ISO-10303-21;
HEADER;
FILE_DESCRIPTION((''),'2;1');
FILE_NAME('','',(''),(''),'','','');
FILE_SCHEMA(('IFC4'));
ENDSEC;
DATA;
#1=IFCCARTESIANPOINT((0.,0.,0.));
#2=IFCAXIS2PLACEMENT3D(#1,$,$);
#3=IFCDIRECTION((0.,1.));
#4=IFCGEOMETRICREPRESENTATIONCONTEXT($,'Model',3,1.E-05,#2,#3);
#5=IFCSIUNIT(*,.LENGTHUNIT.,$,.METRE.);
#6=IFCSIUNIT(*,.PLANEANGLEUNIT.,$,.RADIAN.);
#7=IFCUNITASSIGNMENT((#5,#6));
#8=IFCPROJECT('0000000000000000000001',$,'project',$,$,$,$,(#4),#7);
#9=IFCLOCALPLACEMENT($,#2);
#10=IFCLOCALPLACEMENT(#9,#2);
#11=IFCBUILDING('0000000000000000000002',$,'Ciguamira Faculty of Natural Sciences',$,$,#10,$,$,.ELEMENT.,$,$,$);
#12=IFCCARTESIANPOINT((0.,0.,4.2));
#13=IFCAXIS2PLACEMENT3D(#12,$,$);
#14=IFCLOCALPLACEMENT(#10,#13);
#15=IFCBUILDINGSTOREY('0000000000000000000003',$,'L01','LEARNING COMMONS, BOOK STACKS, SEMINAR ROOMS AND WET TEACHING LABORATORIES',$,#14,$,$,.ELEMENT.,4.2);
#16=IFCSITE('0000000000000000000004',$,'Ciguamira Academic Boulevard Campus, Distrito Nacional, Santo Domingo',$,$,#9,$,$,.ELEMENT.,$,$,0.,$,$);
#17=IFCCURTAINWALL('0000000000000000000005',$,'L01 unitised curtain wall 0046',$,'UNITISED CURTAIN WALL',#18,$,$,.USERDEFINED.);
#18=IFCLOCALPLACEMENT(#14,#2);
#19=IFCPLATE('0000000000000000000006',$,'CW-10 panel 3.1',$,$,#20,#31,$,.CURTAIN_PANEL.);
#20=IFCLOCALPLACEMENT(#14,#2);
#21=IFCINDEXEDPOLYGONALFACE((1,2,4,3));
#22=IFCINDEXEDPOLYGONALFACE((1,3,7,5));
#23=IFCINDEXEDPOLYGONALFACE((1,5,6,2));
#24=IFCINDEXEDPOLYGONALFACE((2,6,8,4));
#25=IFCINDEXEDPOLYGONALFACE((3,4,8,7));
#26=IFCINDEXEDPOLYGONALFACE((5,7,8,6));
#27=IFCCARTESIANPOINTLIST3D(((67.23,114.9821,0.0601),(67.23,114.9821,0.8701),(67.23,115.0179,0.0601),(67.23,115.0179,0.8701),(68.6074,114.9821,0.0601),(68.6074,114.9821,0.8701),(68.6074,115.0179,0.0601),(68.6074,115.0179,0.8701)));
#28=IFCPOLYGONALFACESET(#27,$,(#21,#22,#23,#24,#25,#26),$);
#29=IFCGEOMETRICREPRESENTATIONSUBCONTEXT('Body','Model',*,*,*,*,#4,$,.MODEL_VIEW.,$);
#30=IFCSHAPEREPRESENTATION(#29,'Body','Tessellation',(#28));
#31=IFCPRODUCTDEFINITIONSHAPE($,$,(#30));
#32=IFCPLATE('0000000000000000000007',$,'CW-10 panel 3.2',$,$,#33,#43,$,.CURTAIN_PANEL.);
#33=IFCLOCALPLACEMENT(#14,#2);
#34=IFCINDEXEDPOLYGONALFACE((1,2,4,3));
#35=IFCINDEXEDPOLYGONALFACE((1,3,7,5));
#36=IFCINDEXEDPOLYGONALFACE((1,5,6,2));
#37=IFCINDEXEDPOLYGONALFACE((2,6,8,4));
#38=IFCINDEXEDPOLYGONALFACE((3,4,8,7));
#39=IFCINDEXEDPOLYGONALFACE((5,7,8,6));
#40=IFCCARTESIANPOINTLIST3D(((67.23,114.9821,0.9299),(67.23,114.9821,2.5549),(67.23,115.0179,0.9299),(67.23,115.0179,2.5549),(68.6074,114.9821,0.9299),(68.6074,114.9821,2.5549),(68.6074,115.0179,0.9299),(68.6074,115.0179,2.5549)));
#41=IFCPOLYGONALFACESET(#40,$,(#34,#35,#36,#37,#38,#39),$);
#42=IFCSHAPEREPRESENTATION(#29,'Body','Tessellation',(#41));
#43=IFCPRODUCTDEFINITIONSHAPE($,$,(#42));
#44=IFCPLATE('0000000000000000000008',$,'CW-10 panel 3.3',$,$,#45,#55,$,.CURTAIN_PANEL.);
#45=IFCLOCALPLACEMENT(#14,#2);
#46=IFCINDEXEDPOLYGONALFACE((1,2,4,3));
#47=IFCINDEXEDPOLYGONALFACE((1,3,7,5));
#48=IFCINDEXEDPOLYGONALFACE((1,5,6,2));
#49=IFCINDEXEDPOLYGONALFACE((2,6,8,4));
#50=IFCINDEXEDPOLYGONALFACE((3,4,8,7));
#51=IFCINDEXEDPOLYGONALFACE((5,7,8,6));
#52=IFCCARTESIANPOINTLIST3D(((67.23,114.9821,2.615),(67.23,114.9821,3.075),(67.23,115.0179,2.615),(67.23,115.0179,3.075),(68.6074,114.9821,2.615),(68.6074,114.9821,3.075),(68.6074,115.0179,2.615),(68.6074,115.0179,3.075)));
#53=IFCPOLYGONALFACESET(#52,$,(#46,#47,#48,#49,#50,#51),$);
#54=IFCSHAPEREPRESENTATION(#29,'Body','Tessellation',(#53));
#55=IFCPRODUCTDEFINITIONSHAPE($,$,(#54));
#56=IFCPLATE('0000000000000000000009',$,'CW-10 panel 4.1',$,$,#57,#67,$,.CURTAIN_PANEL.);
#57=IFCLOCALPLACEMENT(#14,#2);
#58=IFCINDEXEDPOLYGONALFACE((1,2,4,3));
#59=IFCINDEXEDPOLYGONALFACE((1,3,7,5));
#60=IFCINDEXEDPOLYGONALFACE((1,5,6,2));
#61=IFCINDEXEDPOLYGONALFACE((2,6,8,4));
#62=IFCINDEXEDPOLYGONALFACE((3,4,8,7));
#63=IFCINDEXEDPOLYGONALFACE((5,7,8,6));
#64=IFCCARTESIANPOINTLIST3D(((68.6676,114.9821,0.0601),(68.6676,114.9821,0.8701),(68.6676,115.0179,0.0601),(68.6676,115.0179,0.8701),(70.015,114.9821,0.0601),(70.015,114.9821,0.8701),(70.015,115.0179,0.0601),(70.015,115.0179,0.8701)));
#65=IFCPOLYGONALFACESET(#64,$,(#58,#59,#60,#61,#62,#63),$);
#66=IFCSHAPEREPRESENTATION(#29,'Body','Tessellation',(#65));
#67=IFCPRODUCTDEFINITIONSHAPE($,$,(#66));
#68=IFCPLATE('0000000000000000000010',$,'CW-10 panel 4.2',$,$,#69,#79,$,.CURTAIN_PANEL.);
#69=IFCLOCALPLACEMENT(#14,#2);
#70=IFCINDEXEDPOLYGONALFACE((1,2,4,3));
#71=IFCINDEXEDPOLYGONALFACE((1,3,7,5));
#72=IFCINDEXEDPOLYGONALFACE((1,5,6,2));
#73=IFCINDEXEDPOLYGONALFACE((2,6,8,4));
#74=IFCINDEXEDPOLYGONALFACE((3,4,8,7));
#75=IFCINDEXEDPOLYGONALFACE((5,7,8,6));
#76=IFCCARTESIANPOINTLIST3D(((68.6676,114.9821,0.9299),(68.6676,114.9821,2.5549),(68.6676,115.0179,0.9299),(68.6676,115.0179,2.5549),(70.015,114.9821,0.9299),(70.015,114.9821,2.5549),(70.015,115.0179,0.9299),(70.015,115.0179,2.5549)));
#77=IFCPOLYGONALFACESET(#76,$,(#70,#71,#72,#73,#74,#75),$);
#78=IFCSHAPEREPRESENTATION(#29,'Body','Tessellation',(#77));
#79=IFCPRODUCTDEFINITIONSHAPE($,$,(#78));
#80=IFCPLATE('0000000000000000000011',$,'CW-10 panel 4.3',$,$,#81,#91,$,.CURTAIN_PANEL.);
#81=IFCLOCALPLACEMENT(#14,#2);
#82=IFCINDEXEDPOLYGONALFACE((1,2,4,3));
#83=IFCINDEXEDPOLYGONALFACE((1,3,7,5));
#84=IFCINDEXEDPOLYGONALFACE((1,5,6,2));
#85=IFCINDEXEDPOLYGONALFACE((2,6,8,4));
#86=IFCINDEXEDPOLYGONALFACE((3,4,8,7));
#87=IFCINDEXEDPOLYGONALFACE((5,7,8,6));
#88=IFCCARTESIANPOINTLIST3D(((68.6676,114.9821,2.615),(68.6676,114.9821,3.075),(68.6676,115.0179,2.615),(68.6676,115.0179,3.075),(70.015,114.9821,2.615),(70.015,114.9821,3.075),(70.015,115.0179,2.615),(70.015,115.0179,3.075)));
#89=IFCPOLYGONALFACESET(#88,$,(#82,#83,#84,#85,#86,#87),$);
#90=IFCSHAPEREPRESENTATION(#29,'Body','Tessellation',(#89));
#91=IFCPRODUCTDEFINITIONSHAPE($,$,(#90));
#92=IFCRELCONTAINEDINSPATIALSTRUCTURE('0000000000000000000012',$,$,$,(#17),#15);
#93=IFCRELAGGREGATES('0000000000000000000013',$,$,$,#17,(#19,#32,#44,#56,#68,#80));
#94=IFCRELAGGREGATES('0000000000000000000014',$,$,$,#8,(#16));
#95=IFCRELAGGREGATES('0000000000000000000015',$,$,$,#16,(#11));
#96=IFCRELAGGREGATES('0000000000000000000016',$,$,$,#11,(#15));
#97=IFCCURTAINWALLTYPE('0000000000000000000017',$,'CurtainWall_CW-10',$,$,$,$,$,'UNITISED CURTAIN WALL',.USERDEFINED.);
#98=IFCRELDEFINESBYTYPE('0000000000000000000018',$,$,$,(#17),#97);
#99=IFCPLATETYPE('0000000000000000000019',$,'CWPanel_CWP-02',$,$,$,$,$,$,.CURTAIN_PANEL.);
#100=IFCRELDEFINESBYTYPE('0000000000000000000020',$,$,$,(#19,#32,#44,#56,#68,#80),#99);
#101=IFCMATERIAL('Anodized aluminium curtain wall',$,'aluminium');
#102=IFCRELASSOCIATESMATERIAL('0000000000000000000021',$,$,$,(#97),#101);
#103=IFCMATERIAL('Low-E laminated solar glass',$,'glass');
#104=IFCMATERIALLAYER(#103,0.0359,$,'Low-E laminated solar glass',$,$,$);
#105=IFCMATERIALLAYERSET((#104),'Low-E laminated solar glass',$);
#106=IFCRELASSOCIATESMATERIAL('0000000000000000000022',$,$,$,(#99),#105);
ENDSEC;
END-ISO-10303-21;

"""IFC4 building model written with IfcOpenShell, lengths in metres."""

from ifc_helpers import new_model, si_unit, direction, frame, origin, origin_2d, place, context, subcontext, project, spatial, rectangle, extrude, material, layer, layer_set, type_object, element, aggregate, save


model = new_model("IFC4")

# Units and contexts
model_context = context("Model", 3, precision=1e-05, world=origin(), true_north=direction((0.0, 1.0)))
body_context = subcontext(model_context, "Body", "Model", "MODEL_VIEW")
ifc_project = project(units=[si_unit("LENGTHUNIT", "METRE"), si_unit("PLANEANGLEUNIT", "RADIAN")], contexts=[model_context])

# Site, building, storey
site_placement = place(None, origin())
site = spatial("IfcSite", under=ifc_project, at=site_placement, Name="Ciguamira Academic Boulevard Campus, Distrito Nacional, Santo Domingo", CompositionType="ELEMENT", RefElevation=0.0)
building_placement = place(site_placement, origin())
building = spatial("IfcBuilding", under=site, at=building_placement, Name="Ciguamira Faculty of Natural Sciences", CompositionType="ELEMENT")
storey_placement = place(building_placement, frame((0.0, 0.0, 4.2)))
storey = spatial("IfcBuildingStorey", under=building, at=storey_placement, Name="L01", Description="LEARNING COMMONS, BOOK STACKS, SEMINAR ROOMS AND WET TEACHING LABORATORIES", CompositionType="ELEMENT", Elevation=4.2)

# Curtain wall
ifc_material_1 = material(Name="Anodized aluminium curtain wall", Category="aluminium")
curtain_wall_type = type_object("IfcCurtainWallType", Name="CurtainWall_CW-10", ElementType="UNITISED CURTAIN WALL", PredefinedType="USERDEFINED", material=ifc_material_1)
curtain_wall_placement = place(storey_placement, origin())
curtain_wall = element("IfcCurtainWall", 1, at=curtain_wall_placement, inside=storey, type_object=curtain_wall_type, Name="L01 unitised curtain wall 0046", ObjectType="UNITISED CURTAIN WALL", PredefinedType="USERDEFINED")

# Plates
ifc_material_2 = material(Name="Low-E laminated solar glass", Category="glass")
ifc_layer = layer(ifc_material_2, 0.0359, Name="Low-E laminated solar glass")
ifc_layer_set = layer_set([ifc_layer], Name="Low-E laminated solar glass")
plate_type = type_object("IfcPlateType", Name="CWPanel_CWP-02", PredefinedType="CURTAIN_PANEL", material=ifc_layer_set)
plate_1_placement = place(storey_placement, frame((67.9187, 115.0, 0.0601), z_axis=(0.0, 0.0, 1.0), x_axis=(1.0, 0.0, 0.0)))
plate_1 = element("IfcPlate", 2, at=plate_1_placement, type_object=plate_type, Name="CW-10 panel 3.1", PredefinedType="CURTAIN_PANEL", context=body_context, shape_type="SweptSolid", body=[
    extrude(rectangle(XDim=1.3774, YDim=0.0359, at=origin_2d()), origin(), (0.0, 0.0, 1.0), 0.8101),
])
plate_2_placement = place(storey_placement, frame((67.9187, 115.0, 0.9299), z_axis=(0.0, 0.0, 1.0), x_axis=(1.0, 0.0, 0.0)))
plate_2 = element("IfcPlate", 3, at=plate_2_placement, type_object=plate_type, Name="CW-10 panel 3.2", PredefinedType="CURTAIN_PANEL", context=body_context, shape_type="SweptSolid", body=[
    extrude(rectangle(XDim=1.3774, YDim=0.0359, at=origin_2d()), origin(), (0.0, 0.0, 1.0), 1.625),
])
plate_3_placement = place(storey_placement, frame((67.9187, 115.0, 2.615), z_axis=(0.0, 0.0, 1.0), x_axis=(1.0, 0.0, 0.0)))
plate_3 = element("IfcPlate", 4, at=plate_3_placement, type_object=plate_type, Name="CW-10 panel 3.3", PredefinedType="CURTAIN_PANEL", context=body_context, shape_type="SweptSolid", body=[
    extrude(rectangle(XDim=1.3774, YDim=0.0359, at=origin_2d()), origin(), (0.0, 0.0, 1.0), 0.46),
])
plate_4_placement = place(storey_placement, frame((69.3413, 115.0, 0.0601), z_axis=(0.0, 0.0, 1.0), x_axis=(1.0, 0.0, 0.0)))
plate_4 = element("IfcPlate", 5, at=plate_4_placement, type_object=plate_type, Name="CW-10 panel 4.1", PredefinedType="CURTAIN_PANEL", context=body_context, shape_type="SweptSolid", body=[
    extrude(rectangle(XDim=1.3474, YDim=0.0359, at=origin_2d()), origin(), (0.0, 0.0, 1.0), 0.8101),
])
plate_5_placement = place(storey_placement, frame((69.3413, 115.0, 0.9299), z_axis=(0.0, 0.0, 1.0), x_axis=(1.0, 0.0, 0.0)))
plate_5 = element("IfcPlate", 6, at=plate_5_placement, type_object=plate_type, Name="CW-10 panel 4.2", PredefinedType="CURTAIN_PANEL", context=body_context, shape_type="SweptSolid", body=[
    extrude(rectangle(XDim=1.3474, YDim=0.0359, at=origin_2d()), origin(), (0.0, 0.0, 1.0), 1.625),
])
plate_6_placement = place(storey_placement, frame((69.3413, 115.0, 2.615), z_axis=(0.0, 0.0, 1.0), x_axis=(1.0, 0.0, 0.0)))
plate_6 = element("IfcPlate", 7, at=plate_6_placement, type_object=plate_type, Name="CW-10 panel 4.3", PredefinedType="CURTAIN_PANEL", context=body_context, shape_type="SweptSolid", body=[
    extrude(rectangle(XDim=1.3474, YDim=0.0359, at=origin_2d()), origin(), (0.0, 0.0, 1.0), 0.46),
])
aggregate(curtain_wall, [plate_1, plate_2, plate_3, plate_4, plate_5, plate_6])

save(model, "model.ifc")
